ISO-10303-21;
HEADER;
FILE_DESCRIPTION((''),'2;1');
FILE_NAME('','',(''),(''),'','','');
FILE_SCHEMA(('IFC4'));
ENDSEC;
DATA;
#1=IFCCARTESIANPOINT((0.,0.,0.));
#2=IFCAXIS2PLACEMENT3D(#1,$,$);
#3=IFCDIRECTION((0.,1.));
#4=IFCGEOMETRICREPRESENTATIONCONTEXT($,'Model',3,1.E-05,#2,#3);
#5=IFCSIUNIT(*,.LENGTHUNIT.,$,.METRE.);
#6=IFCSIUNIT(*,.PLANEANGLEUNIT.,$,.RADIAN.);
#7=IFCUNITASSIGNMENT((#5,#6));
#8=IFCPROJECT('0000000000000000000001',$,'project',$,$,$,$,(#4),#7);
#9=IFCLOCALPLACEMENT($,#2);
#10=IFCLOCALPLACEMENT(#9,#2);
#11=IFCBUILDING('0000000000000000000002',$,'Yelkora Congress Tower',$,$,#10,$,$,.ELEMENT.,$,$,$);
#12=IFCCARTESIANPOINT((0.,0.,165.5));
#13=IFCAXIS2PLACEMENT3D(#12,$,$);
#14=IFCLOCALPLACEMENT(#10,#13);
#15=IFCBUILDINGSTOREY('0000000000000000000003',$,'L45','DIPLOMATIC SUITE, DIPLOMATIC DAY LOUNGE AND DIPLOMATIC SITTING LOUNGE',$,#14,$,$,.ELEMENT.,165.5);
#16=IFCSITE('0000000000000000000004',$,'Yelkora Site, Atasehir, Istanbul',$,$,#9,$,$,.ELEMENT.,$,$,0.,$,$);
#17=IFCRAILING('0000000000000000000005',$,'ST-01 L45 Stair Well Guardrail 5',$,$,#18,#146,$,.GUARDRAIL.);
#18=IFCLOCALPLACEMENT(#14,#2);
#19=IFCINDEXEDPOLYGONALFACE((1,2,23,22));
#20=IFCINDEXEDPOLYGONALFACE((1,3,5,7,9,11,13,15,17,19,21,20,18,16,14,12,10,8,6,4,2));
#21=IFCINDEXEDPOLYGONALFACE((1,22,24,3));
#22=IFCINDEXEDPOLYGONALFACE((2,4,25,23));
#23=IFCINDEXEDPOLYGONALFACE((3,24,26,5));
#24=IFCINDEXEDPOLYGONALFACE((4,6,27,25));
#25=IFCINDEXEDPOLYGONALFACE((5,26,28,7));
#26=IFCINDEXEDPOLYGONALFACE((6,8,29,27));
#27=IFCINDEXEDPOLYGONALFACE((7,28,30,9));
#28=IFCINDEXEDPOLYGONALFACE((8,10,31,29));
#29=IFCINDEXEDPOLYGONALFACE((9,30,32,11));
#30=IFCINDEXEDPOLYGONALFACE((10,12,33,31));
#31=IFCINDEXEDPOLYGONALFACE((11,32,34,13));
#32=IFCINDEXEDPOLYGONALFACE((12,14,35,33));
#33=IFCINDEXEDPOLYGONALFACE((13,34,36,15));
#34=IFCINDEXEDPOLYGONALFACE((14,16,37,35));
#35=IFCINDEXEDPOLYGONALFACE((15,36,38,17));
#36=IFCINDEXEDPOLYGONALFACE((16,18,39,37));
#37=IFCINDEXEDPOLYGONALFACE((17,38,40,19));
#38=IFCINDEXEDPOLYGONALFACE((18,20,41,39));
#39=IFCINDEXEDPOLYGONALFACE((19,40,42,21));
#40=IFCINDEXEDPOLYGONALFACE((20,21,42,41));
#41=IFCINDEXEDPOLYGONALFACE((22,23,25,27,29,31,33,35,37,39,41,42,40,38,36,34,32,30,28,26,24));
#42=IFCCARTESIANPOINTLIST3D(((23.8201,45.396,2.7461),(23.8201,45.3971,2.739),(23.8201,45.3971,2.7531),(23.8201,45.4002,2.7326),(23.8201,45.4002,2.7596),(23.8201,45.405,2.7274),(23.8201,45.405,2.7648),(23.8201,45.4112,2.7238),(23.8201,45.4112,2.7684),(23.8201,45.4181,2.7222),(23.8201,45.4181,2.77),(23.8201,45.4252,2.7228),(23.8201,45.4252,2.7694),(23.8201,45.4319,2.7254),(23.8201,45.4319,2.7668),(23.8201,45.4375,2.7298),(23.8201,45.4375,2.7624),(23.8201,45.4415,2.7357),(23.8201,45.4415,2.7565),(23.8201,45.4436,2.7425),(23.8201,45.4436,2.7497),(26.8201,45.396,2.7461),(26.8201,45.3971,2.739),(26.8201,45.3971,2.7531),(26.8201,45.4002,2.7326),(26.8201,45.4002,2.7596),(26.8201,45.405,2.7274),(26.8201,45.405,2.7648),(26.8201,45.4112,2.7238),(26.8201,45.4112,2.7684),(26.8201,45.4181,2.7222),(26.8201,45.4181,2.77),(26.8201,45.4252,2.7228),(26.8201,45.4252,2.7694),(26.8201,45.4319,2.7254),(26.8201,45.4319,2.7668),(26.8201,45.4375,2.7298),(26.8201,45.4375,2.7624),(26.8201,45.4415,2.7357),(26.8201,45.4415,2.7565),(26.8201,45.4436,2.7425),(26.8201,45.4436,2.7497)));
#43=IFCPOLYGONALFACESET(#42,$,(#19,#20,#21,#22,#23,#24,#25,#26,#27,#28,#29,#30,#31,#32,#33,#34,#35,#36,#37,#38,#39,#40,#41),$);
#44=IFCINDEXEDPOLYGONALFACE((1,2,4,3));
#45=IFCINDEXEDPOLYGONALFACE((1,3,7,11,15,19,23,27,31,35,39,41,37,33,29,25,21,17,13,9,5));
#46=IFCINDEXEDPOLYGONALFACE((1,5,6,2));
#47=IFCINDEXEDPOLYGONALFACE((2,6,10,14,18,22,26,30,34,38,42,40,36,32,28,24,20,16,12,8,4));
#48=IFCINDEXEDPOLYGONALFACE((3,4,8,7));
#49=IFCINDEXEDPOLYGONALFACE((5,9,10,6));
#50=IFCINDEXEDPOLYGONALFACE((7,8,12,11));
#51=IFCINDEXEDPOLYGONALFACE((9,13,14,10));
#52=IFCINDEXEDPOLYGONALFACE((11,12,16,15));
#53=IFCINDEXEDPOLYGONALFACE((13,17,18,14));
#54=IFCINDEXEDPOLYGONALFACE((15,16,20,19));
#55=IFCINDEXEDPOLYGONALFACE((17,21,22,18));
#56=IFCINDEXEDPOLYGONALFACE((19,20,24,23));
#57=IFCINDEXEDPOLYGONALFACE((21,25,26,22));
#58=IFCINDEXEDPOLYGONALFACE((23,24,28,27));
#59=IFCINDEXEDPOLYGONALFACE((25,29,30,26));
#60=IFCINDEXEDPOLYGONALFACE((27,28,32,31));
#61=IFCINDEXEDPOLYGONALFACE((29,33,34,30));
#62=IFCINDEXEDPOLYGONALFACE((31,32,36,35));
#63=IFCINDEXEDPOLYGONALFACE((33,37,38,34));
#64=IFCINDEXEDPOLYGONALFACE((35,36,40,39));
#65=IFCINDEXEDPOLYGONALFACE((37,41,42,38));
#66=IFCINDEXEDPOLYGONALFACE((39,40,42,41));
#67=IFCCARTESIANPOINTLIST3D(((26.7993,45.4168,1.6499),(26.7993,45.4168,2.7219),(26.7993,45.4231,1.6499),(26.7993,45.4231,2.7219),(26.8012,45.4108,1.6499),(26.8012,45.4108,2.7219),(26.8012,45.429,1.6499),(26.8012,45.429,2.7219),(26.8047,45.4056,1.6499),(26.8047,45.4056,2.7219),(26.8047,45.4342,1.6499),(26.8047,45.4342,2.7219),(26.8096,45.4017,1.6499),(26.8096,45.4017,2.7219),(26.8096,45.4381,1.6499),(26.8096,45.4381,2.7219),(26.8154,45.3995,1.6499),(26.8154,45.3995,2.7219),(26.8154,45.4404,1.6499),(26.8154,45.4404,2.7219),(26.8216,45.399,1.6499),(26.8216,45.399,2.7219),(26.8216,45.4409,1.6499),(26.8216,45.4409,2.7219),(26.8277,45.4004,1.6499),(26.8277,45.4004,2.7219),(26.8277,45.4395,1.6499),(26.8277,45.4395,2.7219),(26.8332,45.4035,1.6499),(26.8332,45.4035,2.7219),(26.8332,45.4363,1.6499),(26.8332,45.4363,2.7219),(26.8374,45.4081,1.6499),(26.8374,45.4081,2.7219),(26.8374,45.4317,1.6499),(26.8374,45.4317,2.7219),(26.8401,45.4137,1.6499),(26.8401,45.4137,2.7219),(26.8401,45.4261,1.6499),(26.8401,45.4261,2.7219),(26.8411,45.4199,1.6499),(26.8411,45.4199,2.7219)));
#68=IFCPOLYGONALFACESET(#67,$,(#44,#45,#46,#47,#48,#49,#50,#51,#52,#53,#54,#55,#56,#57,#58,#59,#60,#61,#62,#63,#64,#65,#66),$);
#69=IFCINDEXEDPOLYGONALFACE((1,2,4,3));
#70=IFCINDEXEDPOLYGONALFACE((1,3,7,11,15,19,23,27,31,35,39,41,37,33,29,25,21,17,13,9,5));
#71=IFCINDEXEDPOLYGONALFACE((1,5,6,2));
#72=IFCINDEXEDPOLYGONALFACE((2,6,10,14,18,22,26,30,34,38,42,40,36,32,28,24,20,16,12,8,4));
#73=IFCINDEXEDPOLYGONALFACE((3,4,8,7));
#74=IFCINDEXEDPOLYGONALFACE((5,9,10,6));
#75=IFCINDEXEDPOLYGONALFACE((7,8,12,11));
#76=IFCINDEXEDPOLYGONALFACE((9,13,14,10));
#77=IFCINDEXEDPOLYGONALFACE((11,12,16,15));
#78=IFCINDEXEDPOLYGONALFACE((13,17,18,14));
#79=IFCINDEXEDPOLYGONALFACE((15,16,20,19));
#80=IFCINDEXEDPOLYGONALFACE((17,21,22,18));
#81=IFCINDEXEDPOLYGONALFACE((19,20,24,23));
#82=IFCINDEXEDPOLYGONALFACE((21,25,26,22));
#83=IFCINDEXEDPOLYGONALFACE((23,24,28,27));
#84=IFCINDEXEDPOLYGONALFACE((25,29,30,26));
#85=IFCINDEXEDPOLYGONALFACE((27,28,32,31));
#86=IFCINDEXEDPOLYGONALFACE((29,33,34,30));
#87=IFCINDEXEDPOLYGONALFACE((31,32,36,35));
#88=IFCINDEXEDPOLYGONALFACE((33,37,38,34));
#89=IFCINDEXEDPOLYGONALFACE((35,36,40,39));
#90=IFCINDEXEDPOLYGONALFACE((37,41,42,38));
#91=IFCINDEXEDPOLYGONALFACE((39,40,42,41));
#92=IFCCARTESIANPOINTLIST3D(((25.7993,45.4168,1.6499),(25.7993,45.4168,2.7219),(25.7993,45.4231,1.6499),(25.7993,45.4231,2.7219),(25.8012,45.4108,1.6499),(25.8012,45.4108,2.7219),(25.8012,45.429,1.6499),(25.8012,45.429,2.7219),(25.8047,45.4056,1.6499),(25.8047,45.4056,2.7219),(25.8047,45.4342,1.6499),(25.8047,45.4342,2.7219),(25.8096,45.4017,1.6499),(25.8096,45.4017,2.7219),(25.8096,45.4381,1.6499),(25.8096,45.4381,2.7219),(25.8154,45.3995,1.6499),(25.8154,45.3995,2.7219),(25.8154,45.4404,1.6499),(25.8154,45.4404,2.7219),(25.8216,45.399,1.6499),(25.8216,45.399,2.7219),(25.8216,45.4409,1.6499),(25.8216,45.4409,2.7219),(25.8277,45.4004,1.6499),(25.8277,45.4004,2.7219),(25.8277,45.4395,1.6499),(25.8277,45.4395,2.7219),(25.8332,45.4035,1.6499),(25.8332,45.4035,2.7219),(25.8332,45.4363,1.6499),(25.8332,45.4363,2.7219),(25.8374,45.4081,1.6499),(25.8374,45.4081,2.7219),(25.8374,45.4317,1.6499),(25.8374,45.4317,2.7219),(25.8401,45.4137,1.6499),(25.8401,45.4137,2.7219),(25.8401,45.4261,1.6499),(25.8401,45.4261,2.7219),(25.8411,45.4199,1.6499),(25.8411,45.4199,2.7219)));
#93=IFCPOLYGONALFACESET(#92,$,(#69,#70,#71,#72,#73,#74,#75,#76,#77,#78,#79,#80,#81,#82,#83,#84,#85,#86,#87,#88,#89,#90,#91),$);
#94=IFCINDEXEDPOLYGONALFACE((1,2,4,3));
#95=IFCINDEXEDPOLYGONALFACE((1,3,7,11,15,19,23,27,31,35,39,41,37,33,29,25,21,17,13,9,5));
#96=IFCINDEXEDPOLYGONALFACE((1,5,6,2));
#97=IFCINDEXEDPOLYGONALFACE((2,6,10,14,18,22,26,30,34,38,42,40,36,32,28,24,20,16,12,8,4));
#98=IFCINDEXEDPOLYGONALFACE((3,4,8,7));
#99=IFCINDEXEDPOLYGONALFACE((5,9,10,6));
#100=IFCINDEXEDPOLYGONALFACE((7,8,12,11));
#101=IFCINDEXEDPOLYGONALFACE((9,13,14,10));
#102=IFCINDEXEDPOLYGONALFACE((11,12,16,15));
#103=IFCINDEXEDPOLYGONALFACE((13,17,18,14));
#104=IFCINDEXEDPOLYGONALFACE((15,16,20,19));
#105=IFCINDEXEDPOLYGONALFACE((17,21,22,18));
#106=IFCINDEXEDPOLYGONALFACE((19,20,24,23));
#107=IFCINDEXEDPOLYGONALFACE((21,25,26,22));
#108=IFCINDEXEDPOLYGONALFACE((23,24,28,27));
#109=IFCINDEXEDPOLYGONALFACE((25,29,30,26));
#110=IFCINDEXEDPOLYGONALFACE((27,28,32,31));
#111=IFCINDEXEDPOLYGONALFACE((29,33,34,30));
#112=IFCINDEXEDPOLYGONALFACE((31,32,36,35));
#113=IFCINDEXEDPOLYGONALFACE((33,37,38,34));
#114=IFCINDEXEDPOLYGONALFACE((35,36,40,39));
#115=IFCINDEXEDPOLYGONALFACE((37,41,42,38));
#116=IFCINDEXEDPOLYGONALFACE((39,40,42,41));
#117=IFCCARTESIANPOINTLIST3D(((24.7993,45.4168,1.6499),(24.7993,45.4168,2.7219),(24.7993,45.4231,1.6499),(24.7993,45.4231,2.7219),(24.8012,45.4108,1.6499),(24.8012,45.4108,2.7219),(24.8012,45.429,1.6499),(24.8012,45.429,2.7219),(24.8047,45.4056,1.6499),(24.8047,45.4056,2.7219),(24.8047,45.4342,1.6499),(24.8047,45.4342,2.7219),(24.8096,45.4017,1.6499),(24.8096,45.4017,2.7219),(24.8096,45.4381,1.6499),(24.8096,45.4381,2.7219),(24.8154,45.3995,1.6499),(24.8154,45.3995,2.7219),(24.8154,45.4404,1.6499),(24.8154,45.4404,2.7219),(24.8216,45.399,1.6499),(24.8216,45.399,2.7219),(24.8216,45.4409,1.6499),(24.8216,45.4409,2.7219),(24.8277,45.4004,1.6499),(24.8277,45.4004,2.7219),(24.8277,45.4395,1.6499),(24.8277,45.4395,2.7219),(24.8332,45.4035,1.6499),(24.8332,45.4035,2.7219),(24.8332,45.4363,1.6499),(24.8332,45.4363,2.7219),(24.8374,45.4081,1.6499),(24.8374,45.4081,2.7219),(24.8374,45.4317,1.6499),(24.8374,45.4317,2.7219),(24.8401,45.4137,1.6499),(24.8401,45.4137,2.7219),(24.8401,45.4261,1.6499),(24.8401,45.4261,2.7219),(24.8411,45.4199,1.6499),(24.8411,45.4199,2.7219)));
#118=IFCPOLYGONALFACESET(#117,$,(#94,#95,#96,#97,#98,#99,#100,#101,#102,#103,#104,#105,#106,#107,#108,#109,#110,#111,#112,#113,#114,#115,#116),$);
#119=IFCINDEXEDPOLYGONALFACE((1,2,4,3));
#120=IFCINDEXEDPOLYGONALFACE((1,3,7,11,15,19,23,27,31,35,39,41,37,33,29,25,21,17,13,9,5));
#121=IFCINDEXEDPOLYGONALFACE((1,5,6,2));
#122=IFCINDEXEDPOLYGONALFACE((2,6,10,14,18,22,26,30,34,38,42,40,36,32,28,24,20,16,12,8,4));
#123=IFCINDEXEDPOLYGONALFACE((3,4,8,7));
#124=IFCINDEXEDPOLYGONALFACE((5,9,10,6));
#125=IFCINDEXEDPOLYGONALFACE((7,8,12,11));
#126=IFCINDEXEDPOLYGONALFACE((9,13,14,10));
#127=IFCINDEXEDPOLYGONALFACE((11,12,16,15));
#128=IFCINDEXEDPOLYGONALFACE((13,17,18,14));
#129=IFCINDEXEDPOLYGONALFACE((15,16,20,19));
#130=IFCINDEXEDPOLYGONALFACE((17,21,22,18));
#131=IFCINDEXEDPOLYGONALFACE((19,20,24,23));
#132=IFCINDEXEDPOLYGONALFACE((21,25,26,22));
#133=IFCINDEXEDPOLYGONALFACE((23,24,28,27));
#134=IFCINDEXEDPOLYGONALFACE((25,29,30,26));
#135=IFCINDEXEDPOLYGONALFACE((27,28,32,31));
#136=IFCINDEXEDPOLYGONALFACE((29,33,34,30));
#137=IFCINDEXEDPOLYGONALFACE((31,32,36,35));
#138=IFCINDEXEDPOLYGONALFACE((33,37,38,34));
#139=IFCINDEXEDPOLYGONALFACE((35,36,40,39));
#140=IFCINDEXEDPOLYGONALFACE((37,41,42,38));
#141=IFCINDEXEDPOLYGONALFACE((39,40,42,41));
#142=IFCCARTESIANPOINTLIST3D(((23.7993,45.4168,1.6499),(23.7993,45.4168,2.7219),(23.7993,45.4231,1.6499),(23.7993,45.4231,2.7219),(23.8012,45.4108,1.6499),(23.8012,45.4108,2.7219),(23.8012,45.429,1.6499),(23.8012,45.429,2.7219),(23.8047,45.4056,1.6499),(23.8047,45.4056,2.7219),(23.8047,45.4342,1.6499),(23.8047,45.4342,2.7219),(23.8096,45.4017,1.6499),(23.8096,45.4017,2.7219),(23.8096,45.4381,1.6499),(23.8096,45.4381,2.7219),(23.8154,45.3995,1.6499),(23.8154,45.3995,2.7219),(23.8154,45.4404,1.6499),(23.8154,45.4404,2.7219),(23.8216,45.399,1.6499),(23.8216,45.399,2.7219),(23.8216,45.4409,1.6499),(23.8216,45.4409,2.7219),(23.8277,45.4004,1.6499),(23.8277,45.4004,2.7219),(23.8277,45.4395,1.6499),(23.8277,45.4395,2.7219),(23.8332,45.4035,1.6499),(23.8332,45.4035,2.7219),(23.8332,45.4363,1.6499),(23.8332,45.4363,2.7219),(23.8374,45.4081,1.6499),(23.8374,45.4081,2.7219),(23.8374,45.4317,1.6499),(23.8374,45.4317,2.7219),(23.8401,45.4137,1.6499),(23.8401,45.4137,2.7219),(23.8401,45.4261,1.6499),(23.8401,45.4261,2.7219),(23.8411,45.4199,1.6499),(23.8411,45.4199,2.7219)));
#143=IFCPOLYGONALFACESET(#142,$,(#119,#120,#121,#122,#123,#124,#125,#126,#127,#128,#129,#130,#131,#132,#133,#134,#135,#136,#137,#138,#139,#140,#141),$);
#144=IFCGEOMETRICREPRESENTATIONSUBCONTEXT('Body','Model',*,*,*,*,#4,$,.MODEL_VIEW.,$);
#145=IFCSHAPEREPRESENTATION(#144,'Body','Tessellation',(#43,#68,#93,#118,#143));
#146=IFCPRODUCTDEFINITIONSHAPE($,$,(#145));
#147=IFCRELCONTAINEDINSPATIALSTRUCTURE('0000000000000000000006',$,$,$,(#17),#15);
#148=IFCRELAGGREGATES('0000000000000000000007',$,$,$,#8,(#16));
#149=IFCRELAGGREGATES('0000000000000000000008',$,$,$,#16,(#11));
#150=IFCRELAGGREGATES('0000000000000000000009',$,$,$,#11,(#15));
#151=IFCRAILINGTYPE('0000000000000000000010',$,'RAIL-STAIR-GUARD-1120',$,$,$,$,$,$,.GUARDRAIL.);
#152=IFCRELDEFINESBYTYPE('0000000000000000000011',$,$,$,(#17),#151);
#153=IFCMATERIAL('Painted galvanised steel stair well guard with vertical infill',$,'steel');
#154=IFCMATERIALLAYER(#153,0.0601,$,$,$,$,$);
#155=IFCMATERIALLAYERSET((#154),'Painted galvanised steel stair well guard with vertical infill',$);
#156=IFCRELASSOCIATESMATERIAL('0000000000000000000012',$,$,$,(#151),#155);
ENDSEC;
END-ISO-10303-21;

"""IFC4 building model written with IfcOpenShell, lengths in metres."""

from ifc_helpers import new_model, si_unit, direction, frame, origin, origin_2d, place, context, subcontext, project, spatial, circle, extrude, material, layer, layer_set, type_object, element, save


model = new_model("IFC4")

# Units and contexts
model_context = context("Model", 3, precision=1e-05, world=origin(), true_north=direction((0.0, 1.0)))
body_context = subcontext(model_context, "Body", "Model", "MODEL_VIEW")
ifc_project = project(units=[si_unit("LENGTHUNIT", "METRE"), si_unit("PLANEANGLEUNIT", "RADIAN")], contexts=[model_context])

# Site, building, storey
site_placement = place(None, origin())
site = spatial("IfcSite", under=ifc_project, at=site_placement, Name="Yelkora Site, Atasehir, Istanbul", CompositionType="ELEMENT", RefElevation=0.0)
building_placement = place(site_placement, origin())
building = spatial("IfcBuilding", under=site, at=building_placement, Name="Yelkora Congress Tower", CompositionType="ELEMENT")
storey_placement = place(building_placement, frame((0.0, 0.0, 165.5)))
storey = spatial("IfcBuildingStorey", under=building, at=storey_placement, Name="L45", Description="DIPLOMATIC SUITE, DIPLOMATIC DAY LOUNGE AND DIPLOMATIC SITTING LOUNGE", CompositionType="ELEMENT", Elevation=165.5)

# Railing
ifc_material_1 = material(Name="Painted galvanised steel stair well guard with vertical infill", Category="steel")
ifc_layer_1 = layer(ifc_material_1, 0.0601)
ifc_layer_set_1 = layer_set([ifc_layer_1], Name="Painted galvanised steel stair well guard with vertical infill")
railing_type = type_object("IfcRailingType", Name="RAIL-STAIR-GUARD-1120", PredefinedType="GUARDRAIL", material=ifc_layer_set_1)
railing_1_placement = place(storey_placement, frame((26.8201, 45.4199, 1.6499)))
element("IfcRailing", 1, at=railing_1_placement, inside=storey, type_object=railing_type, Name="ST-01 L45 Stair Well Guardrail 5", PredefinedType="GUARDRAIL", context=body_context, shape_type="SweptSolid", body=[
    extrude(circle(Radius=0.0239, at=origin_2d()), frame((0.0, 0.0, 1.0962), z_axis=(-1.0, 0.0, 0.0), x_axis=(0.0, -1.0, 0.0)), (0.0, 0.0, 1.0), 3.0),
    extrude(circle(Radius=0.021, at=origin_2d()), origin(), (0.0, 0.0, 1.0), 1.072),
    extrude(circle(Radius=0.021, at=origin_2d()), frame((-1.0, 0.0, 0.0)), (0.0, 0.0, 1.0), 1.072),
    extrude(circle(Radius=0.021, at=origin_2d()), frame((-2.0, 0.0, 0.0)), (0.0, 0.0, 1.0), 1.072),
    extrude(circle(Radius=0.021, at=origin_2d()), frame((-3.0, 0.0, 0.0)), (0.0, 0.0, 1.0), 1.072),
])

save(model, "model.ifc")
